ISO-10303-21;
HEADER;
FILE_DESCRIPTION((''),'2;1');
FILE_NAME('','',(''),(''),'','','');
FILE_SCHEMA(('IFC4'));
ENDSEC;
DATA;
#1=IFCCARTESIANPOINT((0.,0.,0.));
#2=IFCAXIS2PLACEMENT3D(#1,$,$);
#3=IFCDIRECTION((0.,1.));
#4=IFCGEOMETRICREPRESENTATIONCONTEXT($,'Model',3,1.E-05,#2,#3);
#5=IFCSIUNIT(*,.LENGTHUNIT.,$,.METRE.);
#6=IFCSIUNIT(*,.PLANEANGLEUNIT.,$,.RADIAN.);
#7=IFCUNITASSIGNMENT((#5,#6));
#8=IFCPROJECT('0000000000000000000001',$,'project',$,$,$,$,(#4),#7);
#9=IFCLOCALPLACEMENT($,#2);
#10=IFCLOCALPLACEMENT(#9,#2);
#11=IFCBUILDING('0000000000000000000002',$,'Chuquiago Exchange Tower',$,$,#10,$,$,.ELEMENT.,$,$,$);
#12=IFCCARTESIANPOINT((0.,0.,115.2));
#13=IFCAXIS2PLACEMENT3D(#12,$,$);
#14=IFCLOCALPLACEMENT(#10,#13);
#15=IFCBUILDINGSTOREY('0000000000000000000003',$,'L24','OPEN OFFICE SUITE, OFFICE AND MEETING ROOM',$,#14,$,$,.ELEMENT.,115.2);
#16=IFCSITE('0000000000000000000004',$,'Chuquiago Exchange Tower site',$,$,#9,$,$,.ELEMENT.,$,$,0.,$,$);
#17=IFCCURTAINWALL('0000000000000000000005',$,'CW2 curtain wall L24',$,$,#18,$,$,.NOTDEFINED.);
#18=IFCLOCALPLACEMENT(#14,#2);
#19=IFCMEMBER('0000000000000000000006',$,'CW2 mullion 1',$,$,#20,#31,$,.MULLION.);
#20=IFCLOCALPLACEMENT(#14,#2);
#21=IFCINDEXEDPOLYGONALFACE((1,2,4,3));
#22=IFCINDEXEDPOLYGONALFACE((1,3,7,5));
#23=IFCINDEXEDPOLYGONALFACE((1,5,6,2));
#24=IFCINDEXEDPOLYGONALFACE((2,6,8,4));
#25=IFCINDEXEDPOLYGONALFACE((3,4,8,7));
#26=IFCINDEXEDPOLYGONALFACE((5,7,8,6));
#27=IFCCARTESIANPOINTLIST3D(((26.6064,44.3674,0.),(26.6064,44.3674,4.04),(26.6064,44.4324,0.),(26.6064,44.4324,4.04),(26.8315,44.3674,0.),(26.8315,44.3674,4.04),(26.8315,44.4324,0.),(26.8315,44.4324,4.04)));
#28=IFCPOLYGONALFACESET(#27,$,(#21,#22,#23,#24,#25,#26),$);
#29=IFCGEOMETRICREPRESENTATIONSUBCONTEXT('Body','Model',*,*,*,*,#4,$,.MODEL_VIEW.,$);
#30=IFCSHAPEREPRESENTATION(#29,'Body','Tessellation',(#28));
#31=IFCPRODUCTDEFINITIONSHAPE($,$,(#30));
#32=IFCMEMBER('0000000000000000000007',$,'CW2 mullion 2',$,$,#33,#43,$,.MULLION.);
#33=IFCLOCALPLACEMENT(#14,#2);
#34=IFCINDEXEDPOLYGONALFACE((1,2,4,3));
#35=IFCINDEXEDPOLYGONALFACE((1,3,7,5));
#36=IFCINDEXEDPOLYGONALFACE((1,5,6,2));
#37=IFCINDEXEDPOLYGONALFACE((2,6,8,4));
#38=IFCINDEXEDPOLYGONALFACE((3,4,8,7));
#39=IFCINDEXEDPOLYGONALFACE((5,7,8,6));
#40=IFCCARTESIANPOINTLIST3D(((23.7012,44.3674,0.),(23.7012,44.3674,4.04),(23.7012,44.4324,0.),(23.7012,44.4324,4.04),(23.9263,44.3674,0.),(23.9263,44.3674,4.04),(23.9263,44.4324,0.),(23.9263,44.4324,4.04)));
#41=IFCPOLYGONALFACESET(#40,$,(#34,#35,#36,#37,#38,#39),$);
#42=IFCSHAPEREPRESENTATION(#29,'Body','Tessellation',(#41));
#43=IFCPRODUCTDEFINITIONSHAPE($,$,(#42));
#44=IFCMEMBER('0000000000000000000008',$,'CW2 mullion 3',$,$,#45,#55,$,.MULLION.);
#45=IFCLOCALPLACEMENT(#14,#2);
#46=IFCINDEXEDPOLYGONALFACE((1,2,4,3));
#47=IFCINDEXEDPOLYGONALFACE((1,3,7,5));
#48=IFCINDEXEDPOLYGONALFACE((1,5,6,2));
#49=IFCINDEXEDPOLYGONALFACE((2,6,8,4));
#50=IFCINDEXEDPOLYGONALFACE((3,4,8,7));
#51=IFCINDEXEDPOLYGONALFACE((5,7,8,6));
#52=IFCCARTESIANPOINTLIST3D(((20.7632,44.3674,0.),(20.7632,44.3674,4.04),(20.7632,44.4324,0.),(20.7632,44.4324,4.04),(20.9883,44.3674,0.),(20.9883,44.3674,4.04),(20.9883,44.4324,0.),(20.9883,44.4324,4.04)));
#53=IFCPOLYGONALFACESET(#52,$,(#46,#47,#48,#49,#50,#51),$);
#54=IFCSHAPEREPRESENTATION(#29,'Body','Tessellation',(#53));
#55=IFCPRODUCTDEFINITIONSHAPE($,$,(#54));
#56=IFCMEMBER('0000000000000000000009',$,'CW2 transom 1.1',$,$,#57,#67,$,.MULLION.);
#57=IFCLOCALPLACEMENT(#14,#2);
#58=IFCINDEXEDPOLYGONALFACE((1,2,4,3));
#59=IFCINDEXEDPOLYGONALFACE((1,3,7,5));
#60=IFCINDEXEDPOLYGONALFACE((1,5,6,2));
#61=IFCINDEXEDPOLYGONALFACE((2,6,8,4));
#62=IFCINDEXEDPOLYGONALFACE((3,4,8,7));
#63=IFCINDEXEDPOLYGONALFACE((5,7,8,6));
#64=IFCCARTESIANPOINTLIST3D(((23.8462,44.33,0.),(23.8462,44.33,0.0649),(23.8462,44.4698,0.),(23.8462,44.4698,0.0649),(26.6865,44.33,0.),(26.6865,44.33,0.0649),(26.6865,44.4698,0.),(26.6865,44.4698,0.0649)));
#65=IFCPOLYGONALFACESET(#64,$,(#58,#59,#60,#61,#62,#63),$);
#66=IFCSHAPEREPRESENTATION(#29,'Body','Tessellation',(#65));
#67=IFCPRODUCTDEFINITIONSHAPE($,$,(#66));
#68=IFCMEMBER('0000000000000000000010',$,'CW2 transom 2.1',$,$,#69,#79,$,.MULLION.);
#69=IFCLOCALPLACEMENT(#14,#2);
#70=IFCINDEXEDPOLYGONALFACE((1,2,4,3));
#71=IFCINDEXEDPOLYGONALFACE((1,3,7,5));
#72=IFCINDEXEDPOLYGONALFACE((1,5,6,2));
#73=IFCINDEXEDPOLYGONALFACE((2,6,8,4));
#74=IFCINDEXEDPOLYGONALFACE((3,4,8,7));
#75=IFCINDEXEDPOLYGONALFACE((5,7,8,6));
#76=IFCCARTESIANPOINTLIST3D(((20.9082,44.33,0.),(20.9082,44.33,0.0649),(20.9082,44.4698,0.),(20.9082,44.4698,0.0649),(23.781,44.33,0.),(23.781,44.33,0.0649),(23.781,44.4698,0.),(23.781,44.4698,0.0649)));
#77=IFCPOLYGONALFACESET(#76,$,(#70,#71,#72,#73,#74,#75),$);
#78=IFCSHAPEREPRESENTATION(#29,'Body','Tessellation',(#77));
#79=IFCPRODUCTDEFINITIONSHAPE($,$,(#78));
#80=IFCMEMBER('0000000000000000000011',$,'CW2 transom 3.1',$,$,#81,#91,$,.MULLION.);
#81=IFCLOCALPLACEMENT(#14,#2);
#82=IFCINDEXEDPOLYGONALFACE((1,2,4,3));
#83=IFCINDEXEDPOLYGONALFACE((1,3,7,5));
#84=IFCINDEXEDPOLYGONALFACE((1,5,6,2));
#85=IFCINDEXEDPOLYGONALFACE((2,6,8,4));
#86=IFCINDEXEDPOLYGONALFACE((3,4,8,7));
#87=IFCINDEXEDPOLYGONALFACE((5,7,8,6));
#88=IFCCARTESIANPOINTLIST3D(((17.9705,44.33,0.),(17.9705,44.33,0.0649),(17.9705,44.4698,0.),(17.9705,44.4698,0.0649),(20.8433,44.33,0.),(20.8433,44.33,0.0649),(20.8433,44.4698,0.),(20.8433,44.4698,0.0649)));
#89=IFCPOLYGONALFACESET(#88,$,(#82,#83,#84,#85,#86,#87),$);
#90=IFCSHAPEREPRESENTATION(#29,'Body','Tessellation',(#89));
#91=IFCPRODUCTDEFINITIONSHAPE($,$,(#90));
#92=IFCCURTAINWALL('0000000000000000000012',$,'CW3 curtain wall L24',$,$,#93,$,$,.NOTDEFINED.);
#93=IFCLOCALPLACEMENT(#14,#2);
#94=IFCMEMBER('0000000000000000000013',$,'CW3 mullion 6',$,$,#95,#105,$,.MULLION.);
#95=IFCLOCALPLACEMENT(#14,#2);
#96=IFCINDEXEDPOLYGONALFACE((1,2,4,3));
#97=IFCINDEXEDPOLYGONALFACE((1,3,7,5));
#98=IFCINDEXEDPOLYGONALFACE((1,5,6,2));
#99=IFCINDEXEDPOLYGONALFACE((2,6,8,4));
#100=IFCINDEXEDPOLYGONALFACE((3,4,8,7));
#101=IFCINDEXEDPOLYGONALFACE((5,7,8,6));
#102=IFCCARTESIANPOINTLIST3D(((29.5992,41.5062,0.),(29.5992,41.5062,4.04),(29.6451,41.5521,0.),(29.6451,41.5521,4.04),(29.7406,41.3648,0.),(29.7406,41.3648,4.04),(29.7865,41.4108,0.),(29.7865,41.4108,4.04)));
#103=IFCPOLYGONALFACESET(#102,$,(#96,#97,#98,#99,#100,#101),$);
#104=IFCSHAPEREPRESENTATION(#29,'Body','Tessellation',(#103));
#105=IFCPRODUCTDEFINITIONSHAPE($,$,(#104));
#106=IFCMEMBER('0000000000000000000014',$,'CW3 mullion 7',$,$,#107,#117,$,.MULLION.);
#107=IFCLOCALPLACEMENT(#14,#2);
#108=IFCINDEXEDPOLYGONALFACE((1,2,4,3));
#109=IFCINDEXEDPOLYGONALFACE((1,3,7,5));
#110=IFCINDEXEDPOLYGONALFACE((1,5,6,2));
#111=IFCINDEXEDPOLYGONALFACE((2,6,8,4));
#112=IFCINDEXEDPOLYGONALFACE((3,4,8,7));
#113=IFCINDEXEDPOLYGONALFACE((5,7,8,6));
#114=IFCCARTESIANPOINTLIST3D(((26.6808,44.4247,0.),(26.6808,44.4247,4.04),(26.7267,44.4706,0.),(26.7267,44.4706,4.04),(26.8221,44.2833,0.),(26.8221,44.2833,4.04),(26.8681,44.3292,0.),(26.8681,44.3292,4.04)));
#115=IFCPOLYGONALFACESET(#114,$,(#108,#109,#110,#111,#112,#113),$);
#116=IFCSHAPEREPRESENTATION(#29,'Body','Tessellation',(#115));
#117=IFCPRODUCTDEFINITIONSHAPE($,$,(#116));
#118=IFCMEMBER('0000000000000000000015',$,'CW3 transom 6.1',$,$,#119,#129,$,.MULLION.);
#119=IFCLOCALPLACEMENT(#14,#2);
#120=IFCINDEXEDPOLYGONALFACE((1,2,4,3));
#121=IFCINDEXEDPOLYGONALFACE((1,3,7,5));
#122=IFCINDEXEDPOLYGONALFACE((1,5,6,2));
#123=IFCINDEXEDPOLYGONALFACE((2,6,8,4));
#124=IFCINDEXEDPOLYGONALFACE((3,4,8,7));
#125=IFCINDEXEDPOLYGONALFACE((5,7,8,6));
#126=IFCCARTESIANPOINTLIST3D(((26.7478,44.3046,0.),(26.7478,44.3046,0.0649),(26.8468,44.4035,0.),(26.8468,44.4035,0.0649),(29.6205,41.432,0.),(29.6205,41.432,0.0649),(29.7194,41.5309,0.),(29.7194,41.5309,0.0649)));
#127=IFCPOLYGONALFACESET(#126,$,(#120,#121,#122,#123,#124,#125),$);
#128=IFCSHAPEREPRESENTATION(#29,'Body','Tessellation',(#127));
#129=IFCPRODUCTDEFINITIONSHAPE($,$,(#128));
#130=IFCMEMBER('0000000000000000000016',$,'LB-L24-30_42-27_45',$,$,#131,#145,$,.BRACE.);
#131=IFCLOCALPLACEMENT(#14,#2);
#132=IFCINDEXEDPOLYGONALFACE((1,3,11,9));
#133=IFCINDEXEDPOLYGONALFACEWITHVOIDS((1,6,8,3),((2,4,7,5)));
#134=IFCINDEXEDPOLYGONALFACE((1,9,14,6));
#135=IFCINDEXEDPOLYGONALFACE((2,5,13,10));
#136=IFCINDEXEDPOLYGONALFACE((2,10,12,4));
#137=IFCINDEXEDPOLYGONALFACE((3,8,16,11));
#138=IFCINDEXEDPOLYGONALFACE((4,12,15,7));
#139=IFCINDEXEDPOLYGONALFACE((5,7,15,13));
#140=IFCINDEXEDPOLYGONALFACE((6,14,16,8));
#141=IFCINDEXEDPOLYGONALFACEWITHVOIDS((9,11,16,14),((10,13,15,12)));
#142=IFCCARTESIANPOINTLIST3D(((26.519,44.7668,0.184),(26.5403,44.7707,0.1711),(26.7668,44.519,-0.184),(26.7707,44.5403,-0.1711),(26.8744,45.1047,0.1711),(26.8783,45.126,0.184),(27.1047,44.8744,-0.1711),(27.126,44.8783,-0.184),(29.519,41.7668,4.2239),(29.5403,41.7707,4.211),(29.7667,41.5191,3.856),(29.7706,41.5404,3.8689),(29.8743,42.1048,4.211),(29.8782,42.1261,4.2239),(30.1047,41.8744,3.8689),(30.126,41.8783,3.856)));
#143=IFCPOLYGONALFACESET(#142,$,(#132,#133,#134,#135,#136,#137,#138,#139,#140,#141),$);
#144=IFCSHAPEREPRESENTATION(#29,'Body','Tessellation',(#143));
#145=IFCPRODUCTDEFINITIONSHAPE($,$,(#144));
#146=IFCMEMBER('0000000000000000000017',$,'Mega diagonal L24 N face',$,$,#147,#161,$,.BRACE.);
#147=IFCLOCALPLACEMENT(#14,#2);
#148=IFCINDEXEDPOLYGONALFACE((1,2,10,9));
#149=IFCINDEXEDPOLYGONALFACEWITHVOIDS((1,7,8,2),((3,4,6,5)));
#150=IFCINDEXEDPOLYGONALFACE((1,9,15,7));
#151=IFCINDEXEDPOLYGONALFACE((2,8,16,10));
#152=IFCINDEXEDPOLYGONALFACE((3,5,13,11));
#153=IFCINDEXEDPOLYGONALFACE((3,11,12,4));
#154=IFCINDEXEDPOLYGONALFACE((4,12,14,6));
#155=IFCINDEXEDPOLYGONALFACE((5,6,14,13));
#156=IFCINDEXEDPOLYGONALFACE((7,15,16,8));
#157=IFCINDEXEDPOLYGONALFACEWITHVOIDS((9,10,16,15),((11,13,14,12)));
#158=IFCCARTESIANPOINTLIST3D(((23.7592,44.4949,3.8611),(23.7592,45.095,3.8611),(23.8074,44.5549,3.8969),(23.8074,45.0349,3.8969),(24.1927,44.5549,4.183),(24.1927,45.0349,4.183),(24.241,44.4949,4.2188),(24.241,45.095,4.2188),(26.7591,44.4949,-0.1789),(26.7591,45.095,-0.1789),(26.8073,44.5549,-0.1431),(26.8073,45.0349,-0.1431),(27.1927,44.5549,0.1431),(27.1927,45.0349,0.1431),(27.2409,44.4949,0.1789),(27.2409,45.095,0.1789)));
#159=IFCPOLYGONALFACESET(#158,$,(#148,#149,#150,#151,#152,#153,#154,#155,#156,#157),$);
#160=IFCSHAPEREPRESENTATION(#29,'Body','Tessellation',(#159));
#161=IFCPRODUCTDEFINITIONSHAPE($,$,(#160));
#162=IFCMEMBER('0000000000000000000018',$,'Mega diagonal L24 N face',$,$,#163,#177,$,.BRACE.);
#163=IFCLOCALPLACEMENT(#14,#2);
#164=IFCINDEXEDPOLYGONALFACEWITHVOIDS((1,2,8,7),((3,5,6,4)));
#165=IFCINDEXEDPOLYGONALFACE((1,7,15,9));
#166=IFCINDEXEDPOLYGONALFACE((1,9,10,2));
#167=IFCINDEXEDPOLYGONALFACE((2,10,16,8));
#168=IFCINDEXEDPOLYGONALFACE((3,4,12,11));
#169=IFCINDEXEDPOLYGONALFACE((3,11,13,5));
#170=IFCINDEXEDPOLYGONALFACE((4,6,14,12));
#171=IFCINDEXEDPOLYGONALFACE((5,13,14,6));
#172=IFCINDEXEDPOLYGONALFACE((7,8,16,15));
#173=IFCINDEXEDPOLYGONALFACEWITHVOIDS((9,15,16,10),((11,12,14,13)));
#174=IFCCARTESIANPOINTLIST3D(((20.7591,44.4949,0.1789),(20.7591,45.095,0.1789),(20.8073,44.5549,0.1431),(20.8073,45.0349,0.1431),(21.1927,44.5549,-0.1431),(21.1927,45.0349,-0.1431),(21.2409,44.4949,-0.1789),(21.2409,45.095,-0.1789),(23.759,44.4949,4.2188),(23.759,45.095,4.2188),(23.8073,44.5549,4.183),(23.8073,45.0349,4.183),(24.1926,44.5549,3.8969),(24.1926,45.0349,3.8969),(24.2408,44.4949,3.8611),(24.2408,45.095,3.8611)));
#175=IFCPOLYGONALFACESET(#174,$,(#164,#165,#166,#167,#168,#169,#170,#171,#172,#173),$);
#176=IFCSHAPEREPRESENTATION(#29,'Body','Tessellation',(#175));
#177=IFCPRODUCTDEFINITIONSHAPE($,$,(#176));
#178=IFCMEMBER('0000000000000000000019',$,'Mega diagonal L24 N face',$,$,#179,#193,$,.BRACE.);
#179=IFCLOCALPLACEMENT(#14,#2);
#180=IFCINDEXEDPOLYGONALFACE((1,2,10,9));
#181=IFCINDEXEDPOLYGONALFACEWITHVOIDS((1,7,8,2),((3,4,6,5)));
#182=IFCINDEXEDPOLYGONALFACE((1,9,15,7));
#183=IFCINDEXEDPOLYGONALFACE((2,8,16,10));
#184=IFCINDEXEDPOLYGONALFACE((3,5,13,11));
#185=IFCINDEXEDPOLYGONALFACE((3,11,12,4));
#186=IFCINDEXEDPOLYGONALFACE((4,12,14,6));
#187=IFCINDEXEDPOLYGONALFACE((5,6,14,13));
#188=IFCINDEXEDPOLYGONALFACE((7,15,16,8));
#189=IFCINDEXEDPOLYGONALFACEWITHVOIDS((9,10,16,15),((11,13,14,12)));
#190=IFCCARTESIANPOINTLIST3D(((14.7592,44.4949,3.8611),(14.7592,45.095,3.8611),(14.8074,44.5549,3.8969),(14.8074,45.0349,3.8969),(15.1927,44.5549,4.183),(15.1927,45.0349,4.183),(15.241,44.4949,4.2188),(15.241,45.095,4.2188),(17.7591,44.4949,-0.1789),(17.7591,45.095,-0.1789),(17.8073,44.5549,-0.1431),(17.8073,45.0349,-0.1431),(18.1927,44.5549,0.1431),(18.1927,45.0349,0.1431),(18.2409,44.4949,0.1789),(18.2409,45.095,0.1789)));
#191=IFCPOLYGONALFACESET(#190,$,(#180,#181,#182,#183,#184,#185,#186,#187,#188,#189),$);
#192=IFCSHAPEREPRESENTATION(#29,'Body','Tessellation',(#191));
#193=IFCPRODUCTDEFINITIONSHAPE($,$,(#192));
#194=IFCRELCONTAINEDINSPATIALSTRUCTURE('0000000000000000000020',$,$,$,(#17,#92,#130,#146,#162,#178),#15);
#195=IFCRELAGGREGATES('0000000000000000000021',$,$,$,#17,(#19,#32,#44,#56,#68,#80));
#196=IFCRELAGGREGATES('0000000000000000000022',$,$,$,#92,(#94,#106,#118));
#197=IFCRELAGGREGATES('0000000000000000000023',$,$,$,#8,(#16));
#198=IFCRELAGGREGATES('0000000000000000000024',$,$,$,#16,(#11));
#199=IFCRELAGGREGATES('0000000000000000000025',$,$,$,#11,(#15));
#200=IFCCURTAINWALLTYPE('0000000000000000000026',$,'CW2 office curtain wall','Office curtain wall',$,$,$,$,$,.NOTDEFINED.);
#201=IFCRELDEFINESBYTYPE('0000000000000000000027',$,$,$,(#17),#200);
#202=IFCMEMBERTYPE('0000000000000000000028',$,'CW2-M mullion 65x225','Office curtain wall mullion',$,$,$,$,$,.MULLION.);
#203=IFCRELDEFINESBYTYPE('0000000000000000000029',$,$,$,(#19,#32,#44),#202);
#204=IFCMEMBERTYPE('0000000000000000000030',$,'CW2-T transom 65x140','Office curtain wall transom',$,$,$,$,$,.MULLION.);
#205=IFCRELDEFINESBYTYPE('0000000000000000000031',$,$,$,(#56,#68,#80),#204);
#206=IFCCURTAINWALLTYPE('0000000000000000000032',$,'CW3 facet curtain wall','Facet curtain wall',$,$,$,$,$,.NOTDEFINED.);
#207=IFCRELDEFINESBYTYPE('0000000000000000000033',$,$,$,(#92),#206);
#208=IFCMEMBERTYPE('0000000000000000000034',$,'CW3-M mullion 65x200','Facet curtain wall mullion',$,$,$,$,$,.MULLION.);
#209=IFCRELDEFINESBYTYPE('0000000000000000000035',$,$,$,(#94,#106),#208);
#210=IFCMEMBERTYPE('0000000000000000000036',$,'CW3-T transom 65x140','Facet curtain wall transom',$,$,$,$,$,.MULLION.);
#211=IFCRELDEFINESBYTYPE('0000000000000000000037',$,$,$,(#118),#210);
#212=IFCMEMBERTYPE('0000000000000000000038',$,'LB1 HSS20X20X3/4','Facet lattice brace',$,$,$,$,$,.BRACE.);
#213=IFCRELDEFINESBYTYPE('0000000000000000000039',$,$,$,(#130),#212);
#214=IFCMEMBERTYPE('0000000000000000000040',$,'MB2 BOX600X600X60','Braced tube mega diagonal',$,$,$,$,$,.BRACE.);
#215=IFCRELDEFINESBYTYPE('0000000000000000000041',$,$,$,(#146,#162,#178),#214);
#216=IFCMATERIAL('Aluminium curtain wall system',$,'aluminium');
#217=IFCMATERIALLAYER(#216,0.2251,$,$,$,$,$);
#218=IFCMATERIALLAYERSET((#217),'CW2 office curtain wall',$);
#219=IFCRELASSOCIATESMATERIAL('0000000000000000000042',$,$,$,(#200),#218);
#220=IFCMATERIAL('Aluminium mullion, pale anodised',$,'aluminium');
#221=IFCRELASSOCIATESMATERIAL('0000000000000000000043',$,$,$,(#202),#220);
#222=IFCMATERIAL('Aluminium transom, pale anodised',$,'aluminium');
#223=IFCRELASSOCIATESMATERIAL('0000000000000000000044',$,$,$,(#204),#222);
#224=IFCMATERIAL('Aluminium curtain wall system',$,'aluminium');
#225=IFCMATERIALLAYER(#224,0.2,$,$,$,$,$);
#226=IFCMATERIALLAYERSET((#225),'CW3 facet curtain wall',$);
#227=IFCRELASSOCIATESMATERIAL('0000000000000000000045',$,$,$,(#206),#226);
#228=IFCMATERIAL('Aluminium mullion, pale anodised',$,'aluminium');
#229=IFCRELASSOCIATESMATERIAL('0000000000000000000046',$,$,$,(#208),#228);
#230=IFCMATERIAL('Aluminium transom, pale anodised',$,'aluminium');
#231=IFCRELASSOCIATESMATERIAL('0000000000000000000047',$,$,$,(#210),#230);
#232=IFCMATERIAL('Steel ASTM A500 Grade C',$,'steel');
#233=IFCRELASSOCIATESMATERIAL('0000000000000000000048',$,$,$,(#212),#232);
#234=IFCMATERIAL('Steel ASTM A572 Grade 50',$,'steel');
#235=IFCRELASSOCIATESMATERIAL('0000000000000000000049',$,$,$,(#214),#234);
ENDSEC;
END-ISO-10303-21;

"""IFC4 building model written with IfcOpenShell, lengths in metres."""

from ifc_helpers import new_model, si_unit, direction, frame, origin, origin_2d, place, context, subcontext, project, spatial, rectangle, hollow_rectangle, extrude, material, layer, layer_set, material_profile, profile_set, type_object, element, aggregate, save


model = new_model("IFC4")

# Units and contexts
model_context = context("Model", 3, precision=1e-05, world=origin(), true_north=direction((0.0, 1.0)))
body_context = subcontext(model_context, "Body", "Model", "MODEL_VIEW")
ifc_project = project(units=[si_unit("LENGTHUNIT", "METRE"), si_unit("PLANEANGLEUNIT", "RADIAN")], contexts=[model_context])

# Site, building, storey
site_placement = place(None, origin())
site = spatial("IfcSite", under=ifc_project, at=site_placement, Name="Chuquiago Exchange Tower site", CompositionType="ELEMENT", RefElevation=0.0)
building_placement = place(site_placement, origin())
building = spatial("IfcBuilding", under=site, at=building_placement, Name="Chuquiago Exchange Tower", CompositionType="ELEMENT")
storey_placement = place(building_placement, frame((0.0, 0.0, 115.2)))
storey = spatial("IfcBuildingStorey", under=building, at=storey_placement, Name="L24", Description="OPEN OFFICE SUITE, OFFICE AND MEETING ROOM", CompositionType="ELEMENT", Elevation=115.2)

# Curtain walls, members
ifc_material_1 = material(Name="Aluminium curtain wall system", Category="aluminium")
ifc_layer_1 = layer(ifc_material_1, 0.2251)
ifc_layer_set_1 = layer_set([ifc_layer_1], Name="CW2 office curtain wall")
curtain_wall_type_1 = type_object("IfcCurtainWallType", Name="CW2 office curtain wall", Description="Office curtain wall", PredefinedType="NOTDEFINED", material=ifc_layer_set_1)
curtain_wall_1_placement = place(storey_placement, origin())
curtain_wall_1 = element("IfcCurtainWall", 1, at=curtain_wall_1_placement, inside=storey, type_object=curtain_wall_type_1, Name="CW2 curtain wall L24", PredefinedType="NOTDEFINED")
ifc_material_2 = material(Name="Aluminium mullion, pale anodised", Category="aluminium")
ifc_material_profile_1 = material_profile(ifc_material_2, rectangle(XDim=0.0649, YDim=0.2251, at=origin_2d()), Name="AL 65x225")
ifc_profile_set_1 = profile_set([ifc_material_profile_1], Name="Aluminium mullion, pale anodised")
member_type_1 = type_object("IfcMemberType", Name="CW2-M mullion 65x225", Description="Office curtain wall mullion", PredefinedType="MULLION", material=ifc_profile_set_1)
member_1_placement = place(storey_placement, frame((26.719, 44.3999, 0.0), z_axis=(0.0, 0.0, 1.0), x_axis=(0.0, -1.0, 0.0)))
member_1 = element("IfcMember", 2, at=member_1_placement, type_object=member_type_1, Name="CW2 mullion 1", PredefinedType="MULLION", context=body_context, shape_type="SweptSolid", body=[
    extrude(rectangle(XDim=0.0649, YDim=0.2251, at=origin_2d()), origin(), (0.0, 0.0, 1.0), 4.04),
])
member_2_placement = place(storey_placement, frame((23.8137, 44.3999, 0.0), z_axis=(0.0, 0.0, 1.0), x_axis=(0.0, -1.0, 0.0)))
member_2 = element("IfcMember", 3, at=member_2_placement, type_object=member_type_1, Name="CW2 mullion 2", PredefinedType="MULLION", context=body_context, shape_type="SweptSolid", body=[
    extrude(rectangle(XDim=0.0649, YDim=0.2251, at=origin_2d()), origin(), (0.0, 0.0, 1.0), 4.04),
])
member_3_placement = place(storey_placement, frame((20.8757, 44.3999, 0.0), z_axis=(0.0, 0.0, 1.0), x_axis=(0.0, -1.0, 0.0)))
member_3 = element("IfcMember", 4, at=member_3_placement, type_object=member_type_1, Name="CW2 mullion 3", PredefinedType="MULLION", context=body_context, shape_type="SweptSolid", body=[
    extrude(rectangle(XDim=0.0649, YDim=0.2251, at=origin_2d()), origin(), (0.0, 0.0, 1.0), 4.04),
])
ifc_material_3 = material(Name="Aluminium transom, pale anodised", Category="aluminium")
ifc_material_profile_2 = material_profile(ifc_material_3, rectangle(XDim=0.1399, YDim=0.0649, at=origin_2d()), Name="AL 140x65")
ifc_profile_set_2 = profile_set([ifc_material_profile_2], Name="Aluminium transom, pale anodised")
member_type_2 = type_object("IfcMemberType", Name="CW2-T transom 65x140", Description="Office curtain wall transom", PredefinedType="MULLION", material=ifc_profile_set_2)
member_4_placement = place(storey_placement, frame((26.6865, 44.3999, 0.0325), z_axis=(-1.0, 0.0, 0.0), x_axis=(0.0, -1.0, 0.0)))
member_4 = element("IfcMember", 5, at=member_4_placement, type_object=member_type_2, Name="CW2 transom 1.1", PredefinedType="MULLION", context=body_context, shape_type="SweptSolid", body=[
    extrude(rectangle(XDim=0.1399, YDim=0.0649, at=origin_2d()), origin(), (0.0, 0.0, 1.0), 2.8403),
])
member_5_placement = place(storey_placement, frame((23.781, 44.3999, 0.0325), z_axis=(-1.0, 0.0, 0.0), x_axis=(0.0, -1.0, 0.0)))
member_5 = element("IfcMember", 6, at=member_5_placement, type_object=member_type_2, Name="CW2 transom 2.1", PredefinedType="MULLION", context=body_context, shape_type="SweptSolid", body=[
    extrude(rectangle(XDim=0.1399, YDim=0.0649, at=origin_2d()), origin(), (0.0, 0.0, 1.0), 2.8728),
])
member_6_placement = place(storey_placement, frame((20.8433, 44.3999, 0.0325), z_axis=(-1.0, 0.0, 0.0), x_axis=(0.0, -1.0, 0.0)))
member_6 = element("IfcMember", 7, at=member_6_placement, type_object=member_type_2, Name="CW2 transom 3.1", PredefinedType="MULLION", context=body_context, shape_type="SweptSolid", body=[
    extrude(rectangle(XDim=0.1399, YDim=0.0649, at=origin_2d()), origin(), (0.0, 0.0, 1.0), 2.8728),
])
ifc_material_4 = material(Name="Aluminium curtain wall system", Category="aluminium")
ifc_layer_2 = layer(ifc_material_4, 0.2)
ifc_layer_set_2 = layer_set([ifc_layer_2], Name="CW3 facet curtain wall")
curtain_wall_type_2 = type_object("IfcCurtainWallType", Name="CW3 facet curtain wall", Description="Facet curtain wall", PredefinedType="NOTDEFINED", material=ifc_layer_set_2)
curtain_wall_2_placement = place(storey_placement, origin())
curtain_wall_2 = element("IfcCurtainWall", 8, at=curtain_wall_2_placement, inside=storey, type_object=curtain_wall_type_2, Name="CW3 curtain wall L24", PredefinedType="NOTDEFINED")
ifc_material_5 = material(Name="Aluminium mullion, pale anodised", Category="aluminium")
ifc_material_profile_3 = material_profile(ifc_material_5, rectangle(XDim=0.0649, YDim=0.2, at=origin_2d()), Name="AL 65x200")
ifc_profile_set_3 = profile_set([ifc_material_profile_3], Name="Aluminium mullion, pale anodised")
member_type_3 = type_object("IfcMemberType", Name="CW3-M mullion 65x200", Description="Facet curtain wall mullion", PredefinedType="MULLION", material=ifc_profile_set_3)
member_7_placement = place(storey_placement, frame((29.6929, 41.4585, 0.0), z_axis=(0.0, 0.0, 1.0), x_axis=(-0.707107, -0.707107, 0.0)))
member_7 = element("IfcMember", 9, at=member_7_placement, type_object=member_type_3, Name="CW3 mullion 6", PredefinedType="MULLION", context=body_context, shape_type="SweptSolid", body=[
    extrude(rectangle(XDim=0.0649, YDim=0.2, at=origin_2d()), origin(), (0.0, 0.0, 1.0), 4.04),
])
member_8_placement = place(storey_placement, frame((26.7744, 44.377, 0.0), z_axis=(0.0, 0.0, 1.0), x_axis=(-0.707107, -0.707107, 0.0)))
member_8 = element("IfcMember", 10, at=member_8_placement, type_object=member_type_3, Name="CW3 mullion 7", PredefinedType="MULLION", context=body_context, shape_type="SweptSolid", body=[
    extrude(rectangle(XDim=0.0649, YDim=0.2, at=origin_2d()), origin(), (0.0, 0.0, 1.0), 4.04),
])
ifc_material_6 = material(Name="Aluminium transom, pale anodised", Category="aluminium")
ifc_material_profile_4 = material_profile(ifc_material_6, rectangle(XDim=0.1399, YDim=0.0649, at=origin_2d()), Name="AL 140x65")
ifc_profile_set_4 = profile_set([ifc_material_profile_4], Name="Aluminium transom, pale anodised")
member_type_4 = type_object("IfcMemberType", Name="CW3-T transom 65x140", Description="Facet curtain wall transom", PredefinedType="MULLION", material=ifc_profile_set_4)
member_9_placement = place(storey_placement, frame((29.6699, 41.4814, 0.0325), z_axis=(-0.707107, 0.707107, 0.0), x_axis=(-0.707107, -0.707107, 0.0)))
member_9 = element("IfcMember", 11, at=member_9_placement, type_object=member_type_4, Name="CW3 transom 6.1", PredefinedType="MULLION", context=body_context, shape_type="SweptSolid", body=[
    extrude(rectangle(XDim=0.1399, YDim=0.0649, at=origin_2d()), origin(), (0.0, 0.0, 1.0), 4.0625),
])

# Members
ifc_material_7 = material(Name="Steel ASTM A500 Grade C", Category="steel")
ifc_material_profile_5 = material_profile(ifc_material_7, hollow_rectangle(XDim=0.5081, YDim=0.5081, WallThickness=0.0178, at=origin_2d()), Name="HSS20X20X3/4")
ifc_profile_set_5 = profile_set([ifc_material_profile_5], Name="Steel ASTM A500 Grade C")
member_type_5 = type_object("IfcMemberType", Name="LB1 HSS20X20X3/4", Description="Facet lattice brace", PredefinedType="BRACE", material=ifc_profile_set_5)
member_10_placement = place(storey_placement, frame((26.8225, 44.8225, 0.0), z_axis=(0.512077, -0.512077, 0.689604), x_axis=(0.707107, 0.707107, 0.0)))
element("IfcMember", 12, at=member_10_placement, inside=storey, type_object=member_type_5, Name="LB-L24-30_42-27_45", PredefinedType="BRACE", context=body_context, shape_type="SweptSolid", body=[
    extrude(hollow_rectangle(XDim=0.5081, YDim=0.5081, WallThickness=0.0178, at=origin_2d()), origin(), (0.0, 0.0, 1.0), 5.8584),
])
ifc_material_8 = material(Name="Steel ASTM A572 Grade 50", Category="steel")
ifc_material_profile_6 = material_profile(ifc_material_8, hollow_rectangle(XDim=0.6001, YDim=0.6001, WallThickness=0.0601, at=origin_2d()), Name="BOX600X600X60")
ifc_profile_set_6 = profile_set([ifc_material_profile_6], Name="Steel ASTM A572 Grade 50")
member_type_6 = type_object("IfcMemberType", Name="MB2 BOX600X600X60", Description="Braced tube mega diagonal", PredefinedType="BRACE", material=ifc_profile_set_6)
for number, where, z_axis, x_axis, name in (
    (13, (27.0, 44.7949, 0.0), (-0.596174, 0.0, 0.802855), (0.0, -1.0, 0.0), "Mega diagonal L24 N face"),
    (14, (21.0, 44.7949, 0.0), (0.596174, 0.0, 0.802855), (0.0, 1.0, 0.0), "Mega diagonal L24 N face"),
    (15, (18.0, 44.7949, 0.0), (-0.596174, 0.0, 0.802855), (0.0, -1.0, 0.0), "Mega diagonal L24 N face"),
):
    element("IfcMember", number, at=place(storey_placement, frame(where, z_axis=z_axis, x_axis=x_axis)), inside=storey, type_object=member_type_6, Name=name, PredefinedType="BRACE", context=body_context, shape_type="SweptSolid", body=[
        extrude(hollow_rectangle(XDim=0.6001, YDim=0.6001, WallThickness=0.0601, at=origin_2d()), origin(), (0.0, 0.0, 1.0), 5.032),
    ])

aggregate(curtain_wall_1, [member_1, member_2, member_3, member_4, member_5, member_6])
aggregate(curtain_wall_2, [member_7, member_8, member_9])

save(model, "model.ifc")
